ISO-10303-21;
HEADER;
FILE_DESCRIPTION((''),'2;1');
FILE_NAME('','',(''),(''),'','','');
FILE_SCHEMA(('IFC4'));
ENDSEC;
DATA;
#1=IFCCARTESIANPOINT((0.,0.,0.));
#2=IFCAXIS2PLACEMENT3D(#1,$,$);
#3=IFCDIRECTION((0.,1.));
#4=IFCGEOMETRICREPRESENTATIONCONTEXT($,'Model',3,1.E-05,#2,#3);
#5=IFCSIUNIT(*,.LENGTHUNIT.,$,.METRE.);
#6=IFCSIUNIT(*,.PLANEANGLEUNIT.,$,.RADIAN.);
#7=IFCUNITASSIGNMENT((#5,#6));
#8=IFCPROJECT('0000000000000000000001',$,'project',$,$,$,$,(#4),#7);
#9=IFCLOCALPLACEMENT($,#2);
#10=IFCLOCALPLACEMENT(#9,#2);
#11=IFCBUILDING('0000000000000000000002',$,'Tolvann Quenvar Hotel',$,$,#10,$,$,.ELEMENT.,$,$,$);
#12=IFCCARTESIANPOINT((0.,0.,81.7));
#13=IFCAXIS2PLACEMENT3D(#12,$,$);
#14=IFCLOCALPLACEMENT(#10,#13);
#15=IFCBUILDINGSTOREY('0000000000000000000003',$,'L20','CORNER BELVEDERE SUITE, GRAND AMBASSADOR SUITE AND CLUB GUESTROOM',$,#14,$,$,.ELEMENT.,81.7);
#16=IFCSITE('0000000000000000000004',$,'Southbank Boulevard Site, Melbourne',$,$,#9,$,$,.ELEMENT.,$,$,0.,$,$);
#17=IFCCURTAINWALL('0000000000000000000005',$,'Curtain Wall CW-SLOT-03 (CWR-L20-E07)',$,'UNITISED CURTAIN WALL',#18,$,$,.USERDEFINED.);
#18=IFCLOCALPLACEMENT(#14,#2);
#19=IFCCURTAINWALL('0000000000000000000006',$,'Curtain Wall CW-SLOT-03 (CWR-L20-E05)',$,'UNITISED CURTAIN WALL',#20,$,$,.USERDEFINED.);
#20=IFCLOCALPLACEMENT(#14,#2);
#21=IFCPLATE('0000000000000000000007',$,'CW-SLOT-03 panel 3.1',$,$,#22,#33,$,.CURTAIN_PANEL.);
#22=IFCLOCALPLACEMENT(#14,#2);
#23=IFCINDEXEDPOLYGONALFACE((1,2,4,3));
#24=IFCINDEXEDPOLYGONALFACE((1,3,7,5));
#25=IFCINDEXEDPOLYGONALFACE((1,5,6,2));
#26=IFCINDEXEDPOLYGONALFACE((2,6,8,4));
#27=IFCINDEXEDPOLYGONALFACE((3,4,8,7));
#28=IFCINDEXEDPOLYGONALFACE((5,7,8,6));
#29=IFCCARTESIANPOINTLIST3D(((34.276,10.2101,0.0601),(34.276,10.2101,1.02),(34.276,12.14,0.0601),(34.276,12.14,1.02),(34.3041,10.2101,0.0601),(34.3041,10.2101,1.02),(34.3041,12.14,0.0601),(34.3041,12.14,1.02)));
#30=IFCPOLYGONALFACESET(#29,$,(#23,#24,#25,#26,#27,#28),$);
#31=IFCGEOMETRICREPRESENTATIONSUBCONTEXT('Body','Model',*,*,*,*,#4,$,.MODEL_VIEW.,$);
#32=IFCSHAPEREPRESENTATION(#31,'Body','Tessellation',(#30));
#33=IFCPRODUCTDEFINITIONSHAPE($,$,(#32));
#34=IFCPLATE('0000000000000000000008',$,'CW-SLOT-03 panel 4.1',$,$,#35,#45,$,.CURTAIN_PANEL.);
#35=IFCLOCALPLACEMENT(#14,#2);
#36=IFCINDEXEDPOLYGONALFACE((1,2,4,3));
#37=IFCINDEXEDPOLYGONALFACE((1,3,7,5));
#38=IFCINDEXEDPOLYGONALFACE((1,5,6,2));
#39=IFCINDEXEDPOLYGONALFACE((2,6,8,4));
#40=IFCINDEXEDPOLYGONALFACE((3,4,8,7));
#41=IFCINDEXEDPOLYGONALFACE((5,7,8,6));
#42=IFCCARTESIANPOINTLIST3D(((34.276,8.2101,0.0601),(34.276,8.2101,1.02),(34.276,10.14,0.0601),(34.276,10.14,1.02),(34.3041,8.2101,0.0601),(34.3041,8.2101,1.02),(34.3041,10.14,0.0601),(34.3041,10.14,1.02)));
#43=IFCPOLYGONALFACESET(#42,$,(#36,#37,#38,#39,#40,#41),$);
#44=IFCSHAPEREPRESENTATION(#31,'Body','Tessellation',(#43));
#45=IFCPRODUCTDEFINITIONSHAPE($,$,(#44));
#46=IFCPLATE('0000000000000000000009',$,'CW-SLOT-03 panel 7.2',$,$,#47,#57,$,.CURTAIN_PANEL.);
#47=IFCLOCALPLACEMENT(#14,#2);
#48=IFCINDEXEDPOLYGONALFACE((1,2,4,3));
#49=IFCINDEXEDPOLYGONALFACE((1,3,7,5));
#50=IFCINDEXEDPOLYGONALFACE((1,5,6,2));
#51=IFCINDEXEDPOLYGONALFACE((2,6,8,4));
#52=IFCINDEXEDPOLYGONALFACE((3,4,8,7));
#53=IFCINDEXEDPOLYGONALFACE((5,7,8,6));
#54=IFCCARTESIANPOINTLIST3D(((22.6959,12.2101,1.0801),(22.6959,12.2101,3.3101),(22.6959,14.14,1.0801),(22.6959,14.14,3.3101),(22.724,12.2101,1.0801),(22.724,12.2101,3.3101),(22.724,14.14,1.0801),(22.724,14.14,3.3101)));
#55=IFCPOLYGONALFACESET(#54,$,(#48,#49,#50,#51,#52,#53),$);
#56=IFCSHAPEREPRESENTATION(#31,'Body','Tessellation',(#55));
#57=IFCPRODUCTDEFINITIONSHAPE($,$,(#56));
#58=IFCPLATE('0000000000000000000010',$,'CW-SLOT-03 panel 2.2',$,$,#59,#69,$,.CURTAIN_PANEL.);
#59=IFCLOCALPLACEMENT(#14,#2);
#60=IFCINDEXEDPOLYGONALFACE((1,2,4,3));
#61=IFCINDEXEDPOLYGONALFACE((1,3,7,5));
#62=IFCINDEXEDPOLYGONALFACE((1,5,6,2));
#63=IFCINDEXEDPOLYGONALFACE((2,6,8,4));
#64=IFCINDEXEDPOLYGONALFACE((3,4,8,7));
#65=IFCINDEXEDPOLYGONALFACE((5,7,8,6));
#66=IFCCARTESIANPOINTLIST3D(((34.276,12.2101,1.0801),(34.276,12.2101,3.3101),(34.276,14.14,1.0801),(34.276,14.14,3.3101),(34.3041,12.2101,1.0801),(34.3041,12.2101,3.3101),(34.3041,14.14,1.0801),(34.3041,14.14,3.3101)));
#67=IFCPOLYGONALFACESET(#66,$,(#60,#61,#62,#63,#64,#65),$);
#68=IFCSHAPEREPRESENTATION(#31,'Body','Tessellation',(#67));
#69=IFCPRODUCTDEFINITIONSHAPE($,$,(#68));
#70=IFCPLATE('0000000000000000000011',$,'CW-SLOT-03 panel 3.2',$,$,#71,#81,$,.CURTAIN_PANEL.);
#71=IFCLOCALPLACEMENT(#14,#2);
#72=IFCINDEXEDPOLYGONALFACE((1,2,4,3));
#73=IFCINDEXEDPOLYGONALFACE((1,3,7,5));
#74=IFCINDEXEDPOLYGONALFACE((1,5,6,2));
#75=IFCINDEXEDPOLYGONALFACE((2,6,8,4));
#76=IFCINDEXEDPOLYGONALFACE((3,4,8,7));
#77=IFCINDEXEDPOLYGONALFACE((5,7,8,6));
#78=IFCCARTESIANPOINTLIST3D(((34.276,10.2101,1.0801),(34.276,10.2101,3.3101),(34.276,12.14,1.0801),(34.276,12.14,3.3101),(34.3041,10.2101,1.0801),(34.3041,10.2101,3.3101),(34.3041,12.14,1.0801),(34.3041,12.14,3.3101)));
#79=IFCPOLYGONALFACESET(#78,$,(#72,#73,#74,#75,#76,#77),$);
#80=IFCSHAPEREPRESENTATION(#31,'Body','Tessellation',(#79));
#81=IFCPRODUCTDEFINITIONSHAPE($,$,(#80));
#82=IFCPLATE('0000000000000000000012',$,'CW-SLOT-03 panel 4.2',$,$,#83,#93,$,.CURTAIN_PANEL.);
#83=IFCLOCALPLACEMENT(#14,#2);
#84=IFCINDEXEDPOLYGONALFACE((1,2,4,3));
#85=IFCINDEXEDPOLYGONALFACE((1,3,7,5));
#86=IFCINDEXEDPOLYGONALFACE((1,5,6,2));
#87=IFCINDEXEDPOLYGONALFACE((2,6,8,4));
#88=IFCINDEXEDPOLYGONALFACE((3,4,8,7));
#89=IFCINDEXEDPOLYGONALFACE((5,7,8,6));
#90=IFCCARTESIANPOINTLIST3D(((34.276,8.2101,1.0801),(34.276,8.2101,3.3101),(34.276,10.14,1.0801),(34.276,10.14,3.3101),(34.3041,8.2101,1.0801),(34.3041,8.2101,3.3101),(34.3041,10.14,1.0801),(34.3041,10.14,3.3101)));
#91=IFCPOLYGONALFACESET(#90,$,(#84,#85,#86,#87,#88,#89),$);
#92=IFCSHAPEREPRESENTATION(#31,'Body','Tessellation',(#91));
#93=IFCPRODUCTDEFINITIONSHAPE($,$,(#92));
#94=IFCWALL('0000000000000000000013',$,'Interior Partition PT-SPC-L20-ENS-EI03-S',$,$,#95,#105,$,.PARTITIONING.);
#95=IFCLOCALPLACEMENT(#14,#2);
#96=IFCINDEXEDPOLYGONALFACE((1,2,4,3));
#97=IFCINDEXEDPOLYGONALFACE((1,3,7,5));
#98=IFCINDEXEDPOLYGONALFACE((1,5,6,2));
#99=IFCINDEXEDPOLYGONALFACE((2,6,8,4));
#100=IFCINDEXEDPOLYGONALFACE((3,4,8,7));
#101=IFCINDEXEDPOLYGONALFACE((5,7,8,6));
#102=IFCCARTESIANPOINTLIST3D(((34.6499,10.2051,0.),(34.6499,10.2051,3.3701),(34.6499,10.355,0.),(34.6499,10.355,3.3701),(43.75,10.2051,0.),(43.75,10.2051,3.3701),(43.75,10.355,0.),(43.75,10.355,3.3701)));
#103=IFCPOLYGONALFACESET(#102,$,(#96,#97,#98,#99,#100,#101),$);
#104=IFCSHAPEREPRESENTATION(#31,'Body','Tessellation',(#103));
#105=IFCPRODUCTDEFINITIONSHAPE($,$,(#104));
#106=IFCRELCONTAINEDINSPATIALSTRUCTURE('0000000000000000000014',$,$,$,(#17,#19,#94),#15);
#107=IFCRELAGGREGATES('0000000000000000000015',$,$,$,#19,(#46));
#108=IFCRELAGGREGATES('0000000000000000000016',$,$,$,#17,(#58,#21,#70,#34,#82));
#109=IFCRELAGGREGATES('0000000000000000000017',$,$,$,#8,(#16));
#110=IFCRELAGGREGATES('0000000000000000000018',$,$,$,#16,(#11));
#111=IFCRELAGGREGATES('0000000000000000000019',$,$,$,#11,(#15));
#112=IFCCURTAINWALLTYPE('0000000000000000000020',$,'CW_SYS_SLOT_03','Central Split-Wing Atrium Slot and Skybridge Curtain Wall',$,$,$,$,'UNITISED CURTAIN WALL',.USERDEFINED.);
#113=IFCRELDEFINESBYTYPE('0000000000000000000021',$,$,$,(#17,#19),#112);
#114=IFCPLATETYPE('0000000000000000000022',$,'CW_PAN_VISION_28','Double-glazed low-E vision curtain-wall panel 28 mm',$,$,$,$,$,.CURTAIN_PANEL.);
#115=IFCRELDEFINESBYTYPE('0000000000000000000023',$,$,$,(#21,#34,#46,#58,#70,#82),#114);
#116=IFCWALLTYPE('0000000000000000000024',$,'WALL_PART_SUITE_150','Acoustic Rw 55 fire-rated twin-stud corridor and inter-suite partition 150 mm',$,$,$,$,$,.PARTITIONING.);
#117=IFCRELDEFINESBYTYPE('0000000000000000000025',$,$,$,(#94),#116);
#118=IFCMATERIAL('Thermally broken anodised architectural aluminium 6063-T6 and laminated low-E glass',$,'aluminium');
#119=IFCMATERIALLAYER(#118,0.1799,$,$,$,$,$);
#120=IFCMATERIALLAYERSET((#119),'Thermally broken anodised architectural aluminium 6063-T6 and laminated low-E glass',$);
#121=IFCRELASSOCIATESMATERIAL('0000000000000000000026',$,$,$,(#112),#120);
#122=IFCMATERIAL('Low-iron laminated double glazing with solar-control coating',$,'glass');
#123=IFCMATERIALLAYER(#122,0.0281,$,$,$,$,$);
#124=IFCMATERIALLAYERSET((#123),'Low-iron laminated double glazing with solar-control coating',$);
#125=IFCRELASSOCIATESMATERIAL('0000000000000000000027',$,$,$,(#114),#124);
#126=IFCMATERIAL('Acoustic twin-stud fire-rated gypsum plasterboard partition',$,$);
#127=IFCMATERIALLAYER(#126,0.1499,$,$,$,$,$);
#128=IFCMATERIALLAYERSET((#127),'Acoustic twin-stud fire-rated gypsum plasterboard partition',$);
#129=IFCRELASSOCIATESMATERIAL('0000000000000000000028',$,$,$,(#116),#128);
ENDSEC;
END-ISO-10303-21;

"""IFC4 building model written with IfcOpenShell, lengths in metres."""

from ifc_helpers import new_model, si_unit, direction, frame, frame_2d, origin, origin_2d, place, context, subcontext, project, spatial, rectangle, extrude, source, transform, mapped, material, layer, layer_set, type_object, element, aggregate, save


model = new_model("IFC4")

# Units and contexts
model_context = context("Model", 3, precision=1e-05, world=origin(), true_north=direction((0.0, 1.0)))
body_context = subcontext(model_context, "Body", "Model", "MODEL_VIEW")
ifc_project = project(units=[si_unit("LENGTHUNIT", "METRE"), si_unit("PLANEANGLEUNIT", "RADIAN")], contexts=[model_context])

# Site, building, storey
site_placement = place(None, origin())
site = spatial("IfcSite", under=ifc_project, at=site_placement, Name="Southbank Boulevard Site, Melbourne", CompositionType="ELEMENT", RefElevation=0.0)
building_placement = place(site_placement, origin())
building = spatial("IfcBuilding", under=site, at=building_placement, Name="Tolvann Quenvar Hotel", CompositionType="ELEMENT")
storey_placement = place(building_placement, frame((0.0, 0.0, 81.7)))
storey = spatial("IfcBuildingStorey", under=building, at=storey_placement, Name="L20", Description="CORNER BELVEDERE SUITE, GRAND AMBASSADOR SUITE AND CLUB GUESTROOM", CompositionType="ELEMENT", Elevation=81.7)

# Curtain wall
ifc_material_1 = material(Name="Thermally broken anodised architectural aluminium 6063-T6 and laminated low-E glass", Category="aluminium")
ifc_layer_1 = layer(ifc_material_1, 0.1799)
ifc_layer_set_1 = layer_set([ifc_layer_1], Name="Thermally broken anodised architectural aluminium 6063-T6 and laminated low-E glass")
curtain_wall_type = type_object("IfcCurtainWallType", Name="CW_SYS_SLOT_03", Description="Central Split-Wing Atrium Slot and Skybridge Curtain Wall", ElementType="UNITISED CURTAIN WALL", PredefinedType="USERDEFINED", material=ifc_layer_set_1)
curtain_wall_1_placement = place(storey_placement, origin())
curtain_wall_1 = element("IfcCurtainWall", 1, at=curtain_wall_1_placement, inside=storey, type_object=curtain_wall_type, Name="Curtain Wall CW-SLOT-03 (CWR-L20-E07)", ObjectType="UNITISED CURTAIN WALL", PredefinedType="USERDEFINED")

# Curtain wall
curtain_wall_2_placement = place(storey_placement, origin())
curtain_wall_2 = element("IfcCurtainWall", 2, at=curtain_wall_2_placement, inside=storey, type_object=curtain_wall_type, Name="Curtain Wall CW-SLOT-03 (CWR-L20-E05)", ObjectType="UNITISED CURTAIN WALL", PredefinedType="USERDEFINED")

# Plates
ifc_material_2 = material(Name="Low-iron laminated double glazing with solar-control coating", Category="glass")
ifc_layer_2 = layer(ifc_material_2, 0.0281)
ifc_layer_set_2 = layer_set([ifc_layer_2], Name="Low-iron laminated double glazing with solar-control coating")
plate_type = type_object("IfcPlateType", Name="CW_PAN_VISION_28", Description="Double-glazed low-E vision curtain-wall panel 28 mm", PredefinedType="CURTAIN_PANEL", material=ifc_layer_set_2)
shared_shape_1 = source(origin(), body_context, "Body", "SweptSolid", [
    extrude(rectangle(XDim=1.9299, YDim=0.0281, at=origin_2d()), origin(), (0.0, 0.0, 1.0), 0.96),
])
plate_1_placement = place(storey_placement, frame((34.29, 11.175, 0.0601), z_axis=(0.0, 0.0, 1.0), x_axis=(0.0, -1.0, 0.0)))
plate_1 = element("IfcPlate", 3, at=plate_1_placement, type_object=plate_type, Name="CW-SLOT-03 panel 3.1", PredefinedType="CURTAIN_PANEL", context=body_context, shape_type="MappedRepresentation", body=[
    mapped(shared_shape_1, transform((0.0, 0.0, 0.0), x_axis=(1.0, 0.0, 0.0), y_axis=(0.0, 1.0, 0.0), z_axis=(0.0, 0.0, 1.0), scale=1.0)),
])
plate_2_placement = place(storey_placement, frame((34.29, 9.175, 0.0601), z_axis=(0.0, 0.0, 1.0), x_axis=(0.0, -1.0, 0.0)))
plate_2 = element("IfcPlate", 4, at=plate_2_placement, type_object=plate_type, Name="CW-SLOT-03 panel 4.1", PredefinedType="CURTAIN_PANEL", context=body_context, shape_type="MappedRepresentation", body=[
    mapped(shared_shape_1, transform((0.0, 0.0, 0.0), x_axis=(1.0, 0.0, 0.0), y_axis=(0.0, 1.0, 0.0), z_axis=(0.0, 0.0, 1.0), scale=1.0)),
])
shared_shape_2 = source(origin(), body_context, "Body", "SweptSolid", [
    extrude(rectangle(XDim=1.9299, YDim=0.0281, at=origin_2d()), origin(), (0.0, 0.0, 1.0), 2.23),
])
plate_3_placement = place(storey_placement, frame((22.71, 13.175, 1.0801), z_axis=(0.0, 0.0, 1.0), x_axis=(0.0, 1.0, 0.0)))
plate_3 = element("IfcPlate", 5, at=plate_3_placement, type_object=plate_type, Name="CW-SLOT-03 panel 7.2", PredefinedType="CURTAIN_PANEL", context=body_context, shape_type="MappedRepresentation", body=[
    mapped(shared_shape_2, transform((0.0, 0.0, 0.0), x_axis=(1.0, 0.0, 0.0), y_axis=(0.0, 1.0, 0.0), z_axis=(0.0, 0.0, 1.0), scale=1.0)),
])
aggregate(curtain_wall_2, [plate_3])
plate_4_placement = place(storey_placement, frame((34.29, 13.175, 1.0801), z_axis=(0.0, 0.0, 1.0), x_axis=(0.0, -1.0, 0.0)))
plate_4 = element("IfcPlate", 6, at=plate_4_placement, type_object=plate_type, Name="CW-SLOT-03 panel 2.2", PredefinedType="CURTAIN_PANEL", context=body_context, shape_type="MappedRepresentation", body=[
    mapped(shared_shape_2, transform((0.0, 0.0, 0.0), x_axis=(1.0, 0.0, 0.0), y_axis=(0.0, 1.0, 0.0), z_axis=(0.0, 0.0, 1.0), scale=1.0)),
])
plate_5_placement = place(storey_placement, frame((34.29, 11.175, 1.0801), z_axis=(0.0, 0.0, 1.0), x_axis=(0.0, -1.0, 0.0)))
plate_5 = element("IfcPlate", 7, at=plate_5_placement, type_object=plate_type, Name="CW-SLOT-03 panel 3.2", PredefinedType="CURTAIN_PANEL", context=body_context, shape_type="MappedRepresentation", body=[
    mapped(shared_shape_2, transform((0.0, 0.0, 0.0), x_axis=(1.0, 0.0, 0.0), y_axis=(0.0, 1.0, 0.0), z_axis=(0.0, 0.0, 1.0), scale=1.0)),
])
plate_6_placement = place(storey_placement, frame((34.29, 9.175, 1.0801), z_axis=(0.0, 0.0, 1.0), x_axis=(0.0, -1.0, 0.0)))
plate_6 = element("IfcPlate", 8, at=plate_6_placement, type_object=plate_type, Name="CW-SLOT-03 panel 4.2", PredefinedType="CURTAIN_PANEL", context=body_context, shape_type="MappedRepresentation", body=[
    mapped(shared_shape_2, transform((0.0, 0.0, 0.0), x_axis=(1.0, 0.0, 0.0), y_axis=(0.0, 1.0, 0.0), z_axis=(0.0, 0.0, 1.0), scale=1.0)),
])
aggregate(curtain_wall_1, [plate_4, plate_1, plate_5, plate_2, plate_6])

# Wall
ifc_material_3 = material(Name="Acoustic twin-stud fire-rated gypsum plasterboard partition")
ifc_layer_3 = layer(ifc_material_3, 0.1499)
ifc_layer_set_3 = layer_set([ifc_layer_3], Name="Acoustic twin-stud fire-rated gypsum plasterboard partition")
wall_type = type_object("IfcWallType", Name="WALL_PART_SUITE_150", Description="Acoustic Rw 55 fire-rated twin-stud corridor and inter-suite partition 150 mm", PredefinedType="PARTITIONING", material=ifc_layer_set_3)
wall_placement = place(storey_placement, frame((34.6499, 10.28, 0.0), z_axis=(0.0, 0.0, 1.0), x_axis=(1.0, 0.0, 0.0)))
element("IfcWall", 9, at=wall_placement, inside=storey, type_object=wall_type, Name="Interior Partition PT-SPC-L20-ENS-EI03-S", PredefinedType="PARTITIONING", context=body_context, shape_type="SweptSolid", body=[
    extrude(rectangle(XDim=9.1001, YDim=0.1499, at=frame_2d((4.55, 0.0))), origin(), (0.0, 0.0, 1.0), 3.3701),
])

save(model, "model.ifc")
